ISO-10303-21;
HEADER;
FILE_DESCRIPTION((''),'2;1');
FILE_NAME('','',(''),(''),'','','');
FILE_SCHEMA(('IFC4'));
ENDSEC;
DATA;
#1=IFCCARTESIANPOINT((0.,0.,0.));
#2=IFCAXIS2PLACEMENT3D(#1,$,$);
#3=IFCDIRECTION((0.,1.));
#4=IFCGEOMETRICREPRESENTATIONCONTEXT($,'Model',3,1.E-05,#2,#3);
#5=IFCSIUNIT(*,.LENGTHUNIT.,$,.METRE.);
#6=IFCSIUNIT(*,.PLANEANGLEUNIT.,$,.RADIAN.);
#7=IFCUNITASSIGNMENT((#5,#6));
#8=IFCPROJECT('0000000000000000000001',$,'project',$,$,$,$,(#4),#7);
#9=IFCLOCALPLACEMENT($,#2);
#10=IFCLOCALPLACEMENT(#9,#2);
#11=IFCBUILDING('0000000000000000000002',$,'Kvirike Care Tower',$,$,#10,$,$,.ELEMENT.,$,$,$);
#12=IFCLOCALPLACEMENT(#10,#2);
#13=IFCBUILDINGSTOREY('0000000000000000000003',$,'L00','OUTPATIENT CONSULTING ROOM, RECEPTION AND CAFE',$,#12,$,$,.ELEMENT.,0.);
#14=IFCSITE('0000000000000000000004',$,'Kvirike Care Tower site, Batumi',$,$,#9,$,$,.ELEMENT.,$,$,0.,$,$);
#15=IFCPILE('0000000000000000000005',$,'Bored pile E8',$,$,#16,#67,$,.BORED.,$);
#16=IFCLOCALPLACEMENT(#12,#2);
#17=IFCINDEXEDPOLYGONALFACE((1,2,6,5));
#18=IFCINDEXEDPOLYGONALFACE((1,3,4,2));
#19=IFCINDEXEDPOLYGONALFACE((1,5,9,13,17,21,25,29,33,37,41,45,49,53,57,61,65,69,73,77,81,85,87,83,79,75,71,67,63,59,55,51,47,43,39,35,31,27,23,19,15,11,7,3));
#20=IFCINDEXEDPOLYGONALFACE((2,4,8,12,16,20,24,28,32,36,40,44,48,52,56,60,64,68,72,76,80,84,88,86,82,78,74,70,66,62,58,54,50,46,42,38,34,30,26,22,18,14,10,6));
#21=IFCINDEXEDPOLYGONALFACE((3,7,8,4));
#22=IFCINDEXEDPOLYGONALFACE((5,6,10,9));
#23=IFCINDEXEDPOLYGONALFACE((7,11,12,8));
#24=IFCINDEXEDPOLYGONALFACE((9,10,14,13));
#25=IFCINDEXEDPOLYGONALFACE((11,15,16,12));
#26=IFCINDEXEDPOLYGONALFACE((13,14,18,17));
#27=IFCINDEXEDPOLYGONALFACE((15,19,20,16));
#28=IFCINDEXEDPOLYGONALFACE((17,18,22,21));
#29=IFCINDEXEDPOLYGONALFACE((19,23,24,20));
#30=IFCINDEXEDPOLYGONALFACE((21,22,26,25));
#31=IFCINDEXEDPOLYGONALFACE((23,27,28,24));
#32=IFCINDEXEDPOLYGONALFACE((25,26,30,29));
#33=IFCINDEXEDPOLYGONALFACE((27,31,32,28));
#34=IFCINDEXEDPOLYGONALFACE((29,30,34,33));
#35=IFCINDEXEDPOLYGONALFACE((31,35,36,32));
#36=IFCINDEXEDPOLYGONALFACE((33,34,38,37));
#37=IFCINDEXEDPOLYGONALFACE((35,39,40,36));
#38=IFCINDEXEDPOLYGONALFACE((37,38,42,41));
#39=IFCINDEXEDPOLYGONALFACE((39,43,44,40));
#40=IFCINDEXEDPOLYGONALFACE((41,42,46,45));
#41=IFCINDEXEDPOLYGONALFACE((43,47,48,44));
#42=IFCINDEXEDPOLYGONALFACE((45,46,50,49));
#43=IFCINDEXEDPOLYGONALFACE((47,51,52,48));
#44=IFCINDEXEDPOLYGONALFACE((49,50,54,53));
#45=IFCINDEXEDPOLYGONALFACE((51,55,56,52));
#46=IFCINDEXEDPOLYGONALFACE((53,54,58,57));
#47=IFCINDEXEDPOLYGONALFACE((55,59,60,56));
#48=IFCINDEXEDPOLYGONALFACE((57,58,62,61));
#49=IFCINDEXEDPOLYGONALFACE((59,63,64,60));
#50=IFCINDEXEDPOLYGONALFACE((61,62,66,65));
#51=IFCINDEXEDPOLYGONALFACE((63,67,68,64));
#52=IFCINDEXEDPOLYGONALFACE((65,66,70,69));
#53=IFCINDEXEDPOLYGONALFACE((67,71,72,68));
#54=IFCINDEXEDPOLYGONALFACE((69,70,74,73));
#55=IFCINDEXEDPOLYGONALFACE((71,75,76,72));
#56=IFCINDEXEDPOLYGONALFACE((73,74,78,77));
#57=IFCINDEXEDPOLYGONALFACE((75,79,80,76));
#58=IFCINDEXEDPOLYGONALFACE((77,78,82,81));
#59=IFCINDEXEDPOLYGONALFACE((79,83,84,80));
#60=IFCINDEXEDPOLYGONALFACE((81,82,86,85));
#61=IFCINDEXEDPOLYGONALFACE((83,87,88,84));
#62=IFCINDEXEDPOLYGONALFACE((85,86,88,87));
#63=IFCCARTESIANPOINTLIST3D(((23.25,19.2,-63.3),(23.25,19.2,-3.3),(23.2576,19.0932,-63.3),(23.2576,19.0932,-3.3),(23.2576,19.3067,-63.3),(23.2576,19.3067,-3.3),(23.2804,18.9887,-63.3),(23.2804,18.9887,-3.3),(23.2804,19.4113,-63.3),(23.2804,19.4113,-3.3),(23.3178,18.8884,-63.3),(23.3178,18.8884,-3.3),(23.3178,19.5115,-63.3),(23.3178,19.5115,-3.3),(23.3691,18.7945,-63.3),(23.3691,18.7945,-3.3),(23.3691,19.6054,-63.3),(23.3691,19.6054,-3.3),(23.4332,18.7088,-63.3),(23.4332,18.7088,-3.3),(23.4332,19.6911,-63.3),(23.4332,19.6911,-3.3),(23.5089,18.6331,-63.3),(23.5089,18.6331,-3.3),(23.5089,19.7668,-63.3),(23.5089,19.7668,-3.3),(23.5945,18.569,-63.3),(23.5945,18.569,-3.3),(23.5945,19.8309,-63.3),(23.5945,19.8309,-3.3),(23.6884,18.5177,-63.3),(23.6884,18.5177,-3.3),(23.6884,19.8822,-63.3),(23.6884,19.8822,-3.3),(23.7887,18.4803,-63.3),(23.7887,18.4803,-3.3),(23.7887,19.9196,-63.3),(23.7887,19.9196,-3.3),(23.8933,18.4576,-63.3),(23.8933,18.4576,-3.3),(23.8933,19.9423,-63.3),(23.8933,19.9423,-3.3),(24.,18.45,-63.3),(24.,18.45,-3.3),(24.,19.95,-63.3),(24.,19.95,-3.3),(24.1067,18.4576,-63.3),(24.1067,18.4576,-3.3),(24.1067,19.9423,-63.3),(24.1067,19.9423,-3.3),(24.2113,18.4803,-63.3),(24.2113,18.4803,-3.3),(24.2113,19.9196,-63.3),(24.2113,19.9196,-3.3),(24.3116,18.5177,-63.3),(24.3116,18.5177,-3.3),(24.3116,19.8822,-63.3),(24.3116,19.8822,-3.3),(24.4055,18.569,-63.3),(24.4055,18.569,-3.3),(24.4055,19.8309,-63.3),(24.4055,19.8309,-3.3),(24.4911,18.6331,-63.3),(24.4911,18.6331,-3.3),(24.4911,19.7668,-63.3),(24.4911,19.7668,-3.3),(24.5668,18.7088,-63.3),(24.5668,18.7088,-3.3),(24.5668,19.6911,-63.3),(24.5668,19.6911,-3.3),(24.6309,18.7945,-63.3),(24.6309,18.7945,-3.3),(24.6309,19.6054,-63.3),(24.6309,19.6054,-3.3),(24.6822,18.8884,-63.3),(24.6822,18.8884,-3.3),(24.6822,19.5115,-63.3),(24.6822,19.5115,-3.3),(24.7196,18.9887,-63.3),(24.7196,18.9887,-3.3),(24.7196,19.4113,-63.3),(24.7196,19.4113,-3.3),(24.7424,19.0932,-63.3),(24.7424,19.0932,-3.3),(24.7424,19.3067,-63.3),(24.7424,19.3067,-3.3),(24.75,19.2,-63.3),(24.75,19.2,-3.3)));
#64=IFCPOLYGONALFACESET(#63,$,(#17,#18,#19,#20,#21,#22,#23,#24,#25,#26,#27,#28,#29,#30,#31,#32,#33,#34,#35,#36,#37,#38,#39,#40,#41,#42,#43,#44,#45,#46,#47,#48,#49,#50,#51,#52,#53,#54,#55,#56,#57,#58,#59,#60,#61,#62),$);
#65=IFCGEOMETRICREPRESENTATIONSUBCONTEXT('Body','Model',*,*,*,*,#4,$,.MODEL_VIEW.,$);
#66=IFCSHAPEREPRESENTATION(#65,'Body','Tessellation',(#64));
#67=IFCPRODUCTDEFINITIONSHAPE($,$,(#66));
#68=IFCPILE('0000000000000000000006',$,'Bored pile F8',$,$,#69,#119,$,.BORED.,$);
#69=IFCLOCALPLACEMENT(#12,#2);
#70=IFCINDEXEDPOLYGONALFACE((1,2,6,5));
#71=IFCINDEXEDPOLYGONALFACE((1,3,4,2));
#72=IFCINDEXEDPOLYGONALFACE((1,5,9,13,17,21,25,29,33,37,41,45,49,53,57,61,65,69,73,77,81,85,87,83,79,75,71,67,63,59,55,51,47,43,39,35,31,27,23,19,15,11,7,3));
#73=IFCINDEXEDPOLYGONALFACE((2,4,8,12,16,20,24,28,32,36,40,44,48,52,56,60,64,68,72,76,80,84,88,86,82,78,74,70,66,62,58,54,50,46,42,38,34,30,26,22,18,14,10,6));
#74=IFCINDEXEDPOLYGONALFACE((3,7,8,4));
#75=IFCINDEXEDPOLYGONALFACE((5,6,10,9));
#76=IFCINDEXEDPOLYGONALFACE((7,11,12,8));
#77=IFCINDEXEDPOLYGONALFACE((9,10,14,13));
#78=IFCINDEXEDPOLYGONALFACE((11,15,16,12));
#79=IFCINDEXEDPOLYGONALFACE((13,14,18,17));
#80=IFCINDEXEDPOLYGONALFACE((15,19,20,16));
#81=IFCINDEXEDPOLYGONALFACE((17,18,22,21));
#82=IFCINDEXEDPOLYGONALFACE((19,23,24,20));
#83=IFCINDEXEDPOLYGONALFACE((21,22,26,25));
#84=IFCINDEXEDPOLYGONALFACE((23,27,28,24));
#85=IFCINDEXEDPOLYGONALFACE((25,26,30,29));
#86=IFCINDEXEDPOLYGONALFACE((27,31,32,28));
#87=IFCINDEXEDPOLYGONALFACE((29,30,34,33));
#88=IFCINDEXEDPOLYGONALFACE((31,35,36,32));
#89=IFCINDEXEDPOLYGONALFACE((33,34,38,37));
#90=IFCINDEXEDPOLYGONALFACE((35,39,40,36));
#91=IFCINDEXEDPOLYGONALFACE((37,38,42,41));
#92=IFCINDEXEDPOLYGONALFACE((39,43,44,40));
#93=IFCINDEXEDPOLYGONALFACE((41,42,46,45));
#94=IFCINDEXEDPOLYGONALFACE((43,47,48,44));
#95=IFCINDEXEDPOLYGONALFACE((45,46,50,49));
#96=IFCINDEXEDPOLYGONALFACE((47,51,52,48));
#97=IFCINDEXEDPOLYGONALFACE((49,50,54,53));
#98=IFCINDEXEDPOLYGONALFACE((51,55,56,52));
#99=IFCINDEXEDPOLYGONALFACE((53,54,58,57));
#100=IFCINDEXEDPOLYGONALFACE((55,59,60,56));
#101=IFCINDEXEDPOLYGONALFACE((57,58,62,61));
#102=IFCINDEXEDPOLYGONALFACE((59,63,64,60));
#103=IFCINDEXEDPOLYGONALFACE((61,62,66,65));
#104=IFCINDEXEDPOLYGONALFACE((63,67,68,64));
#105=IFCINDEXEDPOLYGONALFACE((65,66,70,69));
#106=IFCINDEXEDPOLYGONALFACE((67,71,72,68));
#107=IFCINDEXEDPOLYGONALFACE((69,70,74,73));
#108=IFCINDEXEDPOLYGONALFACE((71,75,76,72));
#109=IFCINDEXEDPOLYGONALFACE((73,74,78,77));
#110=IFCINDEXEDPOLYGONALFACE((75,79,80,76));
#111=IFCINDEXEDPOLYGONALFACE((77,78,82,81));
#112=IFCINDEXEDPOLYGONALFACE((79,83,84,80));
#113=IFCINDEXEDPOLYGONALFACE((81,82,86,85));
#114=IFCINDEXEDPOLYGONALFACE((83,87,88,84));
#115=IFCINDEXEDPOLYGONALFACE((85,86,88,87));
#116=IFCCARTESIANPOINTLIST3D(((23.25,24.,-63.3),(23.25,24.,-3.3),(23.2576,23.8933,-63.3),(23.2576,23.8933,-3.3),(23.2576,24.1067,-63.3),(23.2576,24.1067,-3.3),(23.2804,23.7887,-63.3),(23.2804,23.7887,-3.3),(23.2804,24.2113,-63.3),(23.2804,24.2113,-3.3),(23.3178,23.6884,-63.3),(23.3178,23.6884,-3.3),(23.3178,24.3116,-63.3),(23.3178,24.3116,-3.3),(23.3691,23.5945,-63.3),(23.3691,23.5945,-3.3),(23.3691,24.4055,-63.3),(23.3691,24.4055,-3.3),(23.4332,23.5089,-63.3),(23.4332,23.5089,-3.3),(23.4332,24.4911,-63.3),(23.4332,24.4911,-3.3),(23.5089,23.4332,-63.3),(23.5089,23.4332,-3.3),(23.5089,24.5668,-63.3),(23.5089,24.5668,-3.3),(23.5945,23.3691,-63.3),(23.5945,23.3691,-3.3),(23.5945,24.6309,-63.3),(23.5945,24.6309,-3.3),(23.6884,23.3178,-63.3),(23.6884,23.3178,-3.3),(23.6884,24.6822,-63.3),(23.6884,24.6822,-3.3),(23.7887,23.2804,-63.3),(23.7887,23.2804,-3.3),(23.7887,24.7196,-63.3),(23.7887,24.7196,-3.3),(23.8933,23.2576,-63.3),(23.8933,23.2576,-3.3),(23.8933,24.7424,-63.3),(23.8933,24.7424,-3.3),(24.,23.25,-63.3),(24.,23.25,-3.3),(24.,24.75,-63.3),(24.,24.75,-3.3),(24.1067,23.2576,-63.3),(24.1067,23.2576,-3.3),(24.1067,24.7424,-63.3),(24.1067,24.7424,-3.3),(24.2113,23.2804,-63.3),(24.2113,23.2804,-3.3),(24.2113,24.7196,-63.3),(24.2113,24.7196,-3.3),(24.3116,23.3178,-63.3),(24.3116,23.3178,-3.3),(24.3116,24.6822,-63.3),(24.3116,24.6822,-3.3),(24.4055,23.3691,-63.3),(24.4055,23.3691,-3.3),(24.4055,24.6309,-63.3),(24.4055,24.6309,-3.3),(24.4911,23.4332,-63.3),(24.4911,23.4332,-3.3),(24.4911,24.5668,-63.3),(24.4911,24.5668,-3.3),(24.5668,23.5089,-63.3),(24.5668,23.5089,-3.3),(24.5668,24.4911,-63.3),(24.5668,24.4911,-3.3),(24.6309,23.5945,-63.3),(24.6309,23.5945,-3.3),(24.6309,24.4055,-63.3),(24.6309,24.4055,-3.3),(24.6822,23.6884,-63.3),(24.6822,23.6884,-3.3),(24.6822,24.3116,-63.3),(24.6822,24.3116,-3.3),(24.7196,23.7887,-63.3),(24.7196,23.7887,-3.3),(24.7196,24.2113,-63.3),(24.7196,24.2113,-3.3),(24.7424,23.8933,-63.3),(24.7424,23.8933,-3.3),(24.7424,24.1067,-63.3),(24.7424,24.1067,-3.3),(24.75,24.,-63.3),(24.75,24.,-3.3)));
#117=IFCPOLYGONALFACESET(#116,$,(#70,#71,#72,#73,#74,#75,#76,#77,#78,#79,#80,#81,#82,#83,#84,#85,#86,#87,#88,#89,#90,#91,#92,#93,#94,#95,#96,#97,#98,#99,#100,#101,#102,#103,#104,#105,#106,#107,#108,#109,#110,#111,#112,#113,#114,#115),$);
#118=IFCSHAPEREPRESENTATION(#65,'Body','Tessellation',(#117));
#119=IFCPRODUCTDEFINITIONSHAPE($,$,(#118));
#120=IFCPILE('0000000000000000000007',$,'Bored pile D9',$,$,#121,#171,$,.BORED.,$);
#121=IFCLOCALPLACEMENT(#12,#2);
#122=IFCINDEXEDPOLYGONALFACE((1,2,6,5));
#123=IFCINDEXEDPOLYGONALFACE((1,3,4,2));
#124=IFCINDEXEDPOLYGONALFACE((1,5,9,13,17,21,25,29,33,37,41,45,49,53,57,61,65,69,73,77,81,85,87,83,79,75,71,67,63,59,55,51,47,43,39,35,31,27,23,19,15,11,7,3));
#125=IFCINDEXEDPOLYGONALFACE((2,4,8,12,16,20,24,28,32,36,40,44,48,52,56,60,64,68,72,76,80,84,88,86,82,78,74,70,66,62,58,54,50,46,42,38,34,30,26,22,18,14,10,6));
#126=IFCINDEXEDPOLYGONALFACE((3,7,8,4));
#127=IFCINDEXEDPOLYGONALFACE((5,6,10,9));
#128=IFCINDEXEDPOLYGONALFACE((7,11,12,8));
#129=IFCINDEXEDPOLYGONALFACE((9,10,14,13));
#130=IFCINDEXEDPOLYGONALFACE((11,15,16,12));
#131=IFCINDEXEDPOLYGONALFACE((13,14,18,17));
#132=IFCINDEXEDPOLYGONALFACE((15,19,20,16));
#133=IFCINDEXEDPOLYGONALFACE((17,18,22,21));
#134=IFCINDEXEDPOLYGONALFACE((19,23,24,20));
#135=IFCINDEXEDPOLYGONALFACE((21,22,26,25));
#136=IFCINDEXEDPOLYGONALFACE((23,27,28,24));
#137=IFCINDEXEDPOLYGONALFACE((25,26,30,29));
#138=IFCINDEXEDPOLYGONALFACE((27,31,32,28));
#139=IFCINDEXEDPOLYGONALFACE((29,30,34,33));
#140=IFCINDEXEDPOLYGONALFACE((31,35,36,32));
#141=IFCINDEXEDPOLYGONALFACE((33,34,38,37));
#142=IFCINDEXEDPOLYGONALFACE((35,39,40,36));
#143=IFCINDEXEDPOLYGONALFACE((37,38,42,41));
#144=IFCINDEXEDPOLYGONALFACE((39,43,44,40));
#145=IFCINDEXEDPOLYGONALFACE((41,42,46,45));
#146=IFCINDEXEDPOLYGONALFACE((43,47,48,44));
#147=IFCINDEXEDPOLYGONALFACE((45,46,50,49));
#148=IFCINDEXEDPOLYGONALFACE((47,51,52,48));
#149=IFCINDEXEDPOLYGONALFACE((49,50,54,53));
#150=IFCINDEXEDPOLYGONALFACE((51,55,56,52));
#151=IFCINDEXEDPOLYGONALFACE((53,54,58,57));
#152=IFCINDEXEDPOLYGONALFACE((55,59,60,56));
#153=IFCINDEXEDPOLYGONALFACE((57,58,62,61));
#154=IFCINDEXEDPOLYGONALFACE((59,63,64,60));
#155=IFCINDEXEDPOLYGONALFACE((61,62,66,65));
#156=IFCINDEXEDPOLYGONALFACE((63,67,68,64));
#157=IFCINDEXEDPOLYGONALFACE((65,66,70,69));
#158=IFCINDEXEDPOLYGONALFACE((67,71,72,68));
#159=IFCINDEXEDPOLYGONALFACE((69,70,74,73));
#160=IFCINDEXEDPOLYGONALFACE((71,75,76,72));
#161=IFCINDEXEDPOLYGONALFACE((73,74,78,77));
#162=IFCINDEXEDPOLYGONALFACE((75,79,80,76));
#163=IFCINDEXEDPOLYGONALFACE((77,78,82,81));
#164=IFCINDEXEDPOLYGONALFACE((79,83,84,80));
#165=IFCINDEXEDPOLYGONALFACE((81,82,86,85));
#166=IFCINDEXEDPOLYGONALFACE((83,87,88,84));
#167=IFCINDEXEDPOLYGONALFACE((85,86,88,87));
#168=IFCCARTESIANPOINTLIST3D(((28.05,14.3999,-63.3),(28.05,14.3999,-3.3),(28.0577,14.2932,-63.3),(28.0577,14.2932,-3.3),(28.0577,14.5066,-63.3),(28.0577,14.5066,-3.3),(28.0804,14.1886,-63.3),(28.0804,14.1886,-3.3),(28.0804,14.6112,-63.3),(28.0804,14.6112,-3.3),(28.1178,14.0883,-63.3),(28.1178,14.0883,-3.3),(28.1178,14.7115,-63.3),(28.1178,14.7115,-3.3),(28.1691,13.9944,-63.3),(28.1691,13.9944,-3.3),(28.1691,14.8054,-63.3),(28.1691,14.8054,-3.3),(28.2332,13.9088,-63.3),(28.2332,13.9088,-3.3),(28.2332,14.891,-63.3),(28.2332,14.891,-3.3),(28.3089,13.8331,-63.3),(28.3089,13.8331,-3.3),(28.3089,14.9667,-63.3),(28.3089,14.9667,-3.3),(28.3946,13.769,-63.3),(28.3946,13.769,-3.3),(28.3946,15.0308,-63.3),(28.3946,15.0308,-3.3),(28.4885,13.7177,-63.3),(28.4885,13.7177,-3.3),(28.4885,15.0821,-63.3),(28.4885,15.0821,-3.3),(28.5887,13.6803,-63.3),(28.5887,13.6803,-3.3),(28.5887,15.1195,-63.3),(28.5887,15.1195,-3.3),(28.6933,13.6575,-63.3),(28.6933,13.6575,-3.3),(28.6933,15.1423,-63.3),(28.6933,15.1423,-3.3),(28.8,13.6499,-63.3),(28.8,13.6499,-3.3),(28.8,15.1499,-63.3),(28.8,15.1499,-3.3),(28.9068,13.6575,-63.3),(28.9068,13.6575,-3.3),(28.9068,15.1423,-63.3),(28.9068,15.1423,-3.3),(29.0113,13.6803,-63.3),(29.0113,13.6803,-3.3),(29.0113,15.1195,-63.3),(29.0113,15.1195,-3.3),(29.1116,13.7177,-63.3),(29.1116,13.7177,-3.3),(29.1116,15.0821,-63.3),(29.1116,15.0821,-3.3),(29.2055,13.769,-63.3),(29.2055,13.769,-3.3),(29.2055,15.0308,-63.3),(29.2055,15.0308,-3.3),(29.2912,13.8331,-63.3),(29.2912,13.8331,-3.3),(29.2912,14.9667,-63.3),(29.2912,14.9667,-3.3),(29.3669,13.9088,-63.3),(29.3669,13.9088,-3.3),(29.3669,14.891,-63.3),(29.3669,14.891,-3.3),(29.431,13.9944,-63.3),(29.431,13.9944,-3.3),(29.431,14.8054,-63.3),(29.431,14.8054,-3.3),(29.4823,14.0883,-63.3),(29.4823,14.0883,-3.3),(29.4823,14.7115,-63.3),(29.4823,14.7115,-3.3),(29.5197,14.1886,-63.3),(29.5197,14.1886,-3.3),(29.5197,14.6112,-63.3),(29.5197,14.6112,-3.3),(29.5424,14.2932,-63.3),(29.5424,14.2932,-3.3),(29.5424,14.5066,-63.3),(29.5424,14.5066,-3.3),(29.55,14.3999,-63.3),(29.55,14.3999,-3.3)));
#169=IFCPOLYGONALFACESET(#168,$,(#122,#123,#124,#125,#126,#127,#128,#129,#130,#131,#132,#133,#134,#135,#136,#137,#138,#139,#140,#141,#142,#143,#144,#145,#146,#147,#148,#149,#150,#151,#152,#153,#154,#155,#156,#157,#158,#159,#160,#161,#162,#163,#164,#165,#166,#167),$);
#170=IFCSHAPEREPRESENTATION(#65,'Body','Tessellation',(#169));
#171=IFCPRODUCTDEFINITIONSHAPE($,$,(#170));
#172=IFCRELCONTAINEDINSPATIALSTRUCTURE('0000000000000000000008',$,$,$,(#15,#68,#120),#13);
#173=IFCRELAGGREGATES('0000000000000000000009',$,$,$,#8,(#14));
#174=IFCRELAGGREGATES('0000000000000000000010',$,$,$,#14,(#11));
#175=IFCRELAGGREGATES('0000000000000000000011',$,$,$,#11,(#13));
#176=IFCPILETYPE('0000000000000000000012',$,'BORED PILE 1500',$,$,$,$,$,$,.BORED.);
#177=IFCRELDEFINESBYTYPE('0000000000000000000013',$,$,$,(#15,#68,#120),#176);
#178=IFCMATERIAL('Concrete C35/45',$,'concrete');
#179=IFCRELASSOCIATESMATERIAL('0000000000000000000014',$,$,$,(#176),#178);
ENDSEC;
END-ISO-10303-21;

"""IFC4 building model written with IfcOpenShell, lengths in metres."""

from ifc_helpers import new_model, si_unit, direction, frame, origin, origin_2d, place, context, subcontext, project, spatial, circle, extrude, material, material_profile, profile_set, type_object, element, save


model = new_model("IFC4")

# Units and contexts
model_context = context("Model", 3, precision=1e-05, world=origin(), true_north=direction((0.0, 1.0)))
body_context = subcontext(model_context, "Body", "Model", "MODEL_VIEW")
ifc_project = project(units=[si_unit("LENGTHUNIT", "METRE"), si_unit("PLANEANGLEUNIT", "RADIAN")], contexts=[model_context])

# Site, building, storey
site_placement = place(None, origin())
site = spatial("IfcSite", under=ifc_project, at=site_placement, Name="Kvirike Care Tower site, Batumi", CompositionType="ELEMENT", RefElevation=0.0)
building_placement = place(site_placement, origin())
building = spatial("IfcBuilding", under=site, at=building_placement, Name="Kvirike Care Tower", CompositionType="ELEMENT")
storey_placement = place(building_placement, origin())
storey = spatial("IfcBuildingStorey", under=building, at=storey_placement, Name="L00", Description="OUTPATIENT CONSULTING ROOM, RECEPTION AND CAFE", CompositionType="ELEMENT", Elevation=0.0)

# Piles
ifc_material_1 = material(Name="Concrete C35/45", Category="concrete")
ifc_material_profile_1 = material_profile(ifc_material_1, circle(Radius=0.75, at=origin_2d()), Name="BORED PILE 1500")
ifc_profile_set_1 = profile_set([ifc_material_profile_1], Name="Concrete C35/45")
pile_type = type_object("IfcPileType", Name="BORED PILE 1500", PredefinedType="BORED", material=ifc_profile_set_1)
for number, where, z_axis, x_axis, name in (
    (1, (24.0, 19.2, -3.3), (0.0, 0.0, -1.0), (1.0, 0.0, 0.0), "Bored pile E8"),
    (2, (24.0, 24.0, -3.3), (0.0, 0.0, -1.0), (1.0, 0.0, 0.0), "Bored pile F8"),
    (3, (28.8, 14.3999, -3.3), (0.0, 0.0, -1.0), (1.0, 0.0, 0.0), "Bored pile D9"),
):
    element("IfcPile", number, at=place(storey_placement, frame(where, z_axis=z_axis, x_axis=x_axis)), inside=storey, type_object=pile_type, Name=name, PredefinedType="BORED", context=body_context, shape_type="SweptSolid", body=[
        extrude(circle(Radius=0.75, at=origin_2d()), origin(), (0.0, 0.0, 1.0), 60.0),
    ])

save(model, "model.ifc")
